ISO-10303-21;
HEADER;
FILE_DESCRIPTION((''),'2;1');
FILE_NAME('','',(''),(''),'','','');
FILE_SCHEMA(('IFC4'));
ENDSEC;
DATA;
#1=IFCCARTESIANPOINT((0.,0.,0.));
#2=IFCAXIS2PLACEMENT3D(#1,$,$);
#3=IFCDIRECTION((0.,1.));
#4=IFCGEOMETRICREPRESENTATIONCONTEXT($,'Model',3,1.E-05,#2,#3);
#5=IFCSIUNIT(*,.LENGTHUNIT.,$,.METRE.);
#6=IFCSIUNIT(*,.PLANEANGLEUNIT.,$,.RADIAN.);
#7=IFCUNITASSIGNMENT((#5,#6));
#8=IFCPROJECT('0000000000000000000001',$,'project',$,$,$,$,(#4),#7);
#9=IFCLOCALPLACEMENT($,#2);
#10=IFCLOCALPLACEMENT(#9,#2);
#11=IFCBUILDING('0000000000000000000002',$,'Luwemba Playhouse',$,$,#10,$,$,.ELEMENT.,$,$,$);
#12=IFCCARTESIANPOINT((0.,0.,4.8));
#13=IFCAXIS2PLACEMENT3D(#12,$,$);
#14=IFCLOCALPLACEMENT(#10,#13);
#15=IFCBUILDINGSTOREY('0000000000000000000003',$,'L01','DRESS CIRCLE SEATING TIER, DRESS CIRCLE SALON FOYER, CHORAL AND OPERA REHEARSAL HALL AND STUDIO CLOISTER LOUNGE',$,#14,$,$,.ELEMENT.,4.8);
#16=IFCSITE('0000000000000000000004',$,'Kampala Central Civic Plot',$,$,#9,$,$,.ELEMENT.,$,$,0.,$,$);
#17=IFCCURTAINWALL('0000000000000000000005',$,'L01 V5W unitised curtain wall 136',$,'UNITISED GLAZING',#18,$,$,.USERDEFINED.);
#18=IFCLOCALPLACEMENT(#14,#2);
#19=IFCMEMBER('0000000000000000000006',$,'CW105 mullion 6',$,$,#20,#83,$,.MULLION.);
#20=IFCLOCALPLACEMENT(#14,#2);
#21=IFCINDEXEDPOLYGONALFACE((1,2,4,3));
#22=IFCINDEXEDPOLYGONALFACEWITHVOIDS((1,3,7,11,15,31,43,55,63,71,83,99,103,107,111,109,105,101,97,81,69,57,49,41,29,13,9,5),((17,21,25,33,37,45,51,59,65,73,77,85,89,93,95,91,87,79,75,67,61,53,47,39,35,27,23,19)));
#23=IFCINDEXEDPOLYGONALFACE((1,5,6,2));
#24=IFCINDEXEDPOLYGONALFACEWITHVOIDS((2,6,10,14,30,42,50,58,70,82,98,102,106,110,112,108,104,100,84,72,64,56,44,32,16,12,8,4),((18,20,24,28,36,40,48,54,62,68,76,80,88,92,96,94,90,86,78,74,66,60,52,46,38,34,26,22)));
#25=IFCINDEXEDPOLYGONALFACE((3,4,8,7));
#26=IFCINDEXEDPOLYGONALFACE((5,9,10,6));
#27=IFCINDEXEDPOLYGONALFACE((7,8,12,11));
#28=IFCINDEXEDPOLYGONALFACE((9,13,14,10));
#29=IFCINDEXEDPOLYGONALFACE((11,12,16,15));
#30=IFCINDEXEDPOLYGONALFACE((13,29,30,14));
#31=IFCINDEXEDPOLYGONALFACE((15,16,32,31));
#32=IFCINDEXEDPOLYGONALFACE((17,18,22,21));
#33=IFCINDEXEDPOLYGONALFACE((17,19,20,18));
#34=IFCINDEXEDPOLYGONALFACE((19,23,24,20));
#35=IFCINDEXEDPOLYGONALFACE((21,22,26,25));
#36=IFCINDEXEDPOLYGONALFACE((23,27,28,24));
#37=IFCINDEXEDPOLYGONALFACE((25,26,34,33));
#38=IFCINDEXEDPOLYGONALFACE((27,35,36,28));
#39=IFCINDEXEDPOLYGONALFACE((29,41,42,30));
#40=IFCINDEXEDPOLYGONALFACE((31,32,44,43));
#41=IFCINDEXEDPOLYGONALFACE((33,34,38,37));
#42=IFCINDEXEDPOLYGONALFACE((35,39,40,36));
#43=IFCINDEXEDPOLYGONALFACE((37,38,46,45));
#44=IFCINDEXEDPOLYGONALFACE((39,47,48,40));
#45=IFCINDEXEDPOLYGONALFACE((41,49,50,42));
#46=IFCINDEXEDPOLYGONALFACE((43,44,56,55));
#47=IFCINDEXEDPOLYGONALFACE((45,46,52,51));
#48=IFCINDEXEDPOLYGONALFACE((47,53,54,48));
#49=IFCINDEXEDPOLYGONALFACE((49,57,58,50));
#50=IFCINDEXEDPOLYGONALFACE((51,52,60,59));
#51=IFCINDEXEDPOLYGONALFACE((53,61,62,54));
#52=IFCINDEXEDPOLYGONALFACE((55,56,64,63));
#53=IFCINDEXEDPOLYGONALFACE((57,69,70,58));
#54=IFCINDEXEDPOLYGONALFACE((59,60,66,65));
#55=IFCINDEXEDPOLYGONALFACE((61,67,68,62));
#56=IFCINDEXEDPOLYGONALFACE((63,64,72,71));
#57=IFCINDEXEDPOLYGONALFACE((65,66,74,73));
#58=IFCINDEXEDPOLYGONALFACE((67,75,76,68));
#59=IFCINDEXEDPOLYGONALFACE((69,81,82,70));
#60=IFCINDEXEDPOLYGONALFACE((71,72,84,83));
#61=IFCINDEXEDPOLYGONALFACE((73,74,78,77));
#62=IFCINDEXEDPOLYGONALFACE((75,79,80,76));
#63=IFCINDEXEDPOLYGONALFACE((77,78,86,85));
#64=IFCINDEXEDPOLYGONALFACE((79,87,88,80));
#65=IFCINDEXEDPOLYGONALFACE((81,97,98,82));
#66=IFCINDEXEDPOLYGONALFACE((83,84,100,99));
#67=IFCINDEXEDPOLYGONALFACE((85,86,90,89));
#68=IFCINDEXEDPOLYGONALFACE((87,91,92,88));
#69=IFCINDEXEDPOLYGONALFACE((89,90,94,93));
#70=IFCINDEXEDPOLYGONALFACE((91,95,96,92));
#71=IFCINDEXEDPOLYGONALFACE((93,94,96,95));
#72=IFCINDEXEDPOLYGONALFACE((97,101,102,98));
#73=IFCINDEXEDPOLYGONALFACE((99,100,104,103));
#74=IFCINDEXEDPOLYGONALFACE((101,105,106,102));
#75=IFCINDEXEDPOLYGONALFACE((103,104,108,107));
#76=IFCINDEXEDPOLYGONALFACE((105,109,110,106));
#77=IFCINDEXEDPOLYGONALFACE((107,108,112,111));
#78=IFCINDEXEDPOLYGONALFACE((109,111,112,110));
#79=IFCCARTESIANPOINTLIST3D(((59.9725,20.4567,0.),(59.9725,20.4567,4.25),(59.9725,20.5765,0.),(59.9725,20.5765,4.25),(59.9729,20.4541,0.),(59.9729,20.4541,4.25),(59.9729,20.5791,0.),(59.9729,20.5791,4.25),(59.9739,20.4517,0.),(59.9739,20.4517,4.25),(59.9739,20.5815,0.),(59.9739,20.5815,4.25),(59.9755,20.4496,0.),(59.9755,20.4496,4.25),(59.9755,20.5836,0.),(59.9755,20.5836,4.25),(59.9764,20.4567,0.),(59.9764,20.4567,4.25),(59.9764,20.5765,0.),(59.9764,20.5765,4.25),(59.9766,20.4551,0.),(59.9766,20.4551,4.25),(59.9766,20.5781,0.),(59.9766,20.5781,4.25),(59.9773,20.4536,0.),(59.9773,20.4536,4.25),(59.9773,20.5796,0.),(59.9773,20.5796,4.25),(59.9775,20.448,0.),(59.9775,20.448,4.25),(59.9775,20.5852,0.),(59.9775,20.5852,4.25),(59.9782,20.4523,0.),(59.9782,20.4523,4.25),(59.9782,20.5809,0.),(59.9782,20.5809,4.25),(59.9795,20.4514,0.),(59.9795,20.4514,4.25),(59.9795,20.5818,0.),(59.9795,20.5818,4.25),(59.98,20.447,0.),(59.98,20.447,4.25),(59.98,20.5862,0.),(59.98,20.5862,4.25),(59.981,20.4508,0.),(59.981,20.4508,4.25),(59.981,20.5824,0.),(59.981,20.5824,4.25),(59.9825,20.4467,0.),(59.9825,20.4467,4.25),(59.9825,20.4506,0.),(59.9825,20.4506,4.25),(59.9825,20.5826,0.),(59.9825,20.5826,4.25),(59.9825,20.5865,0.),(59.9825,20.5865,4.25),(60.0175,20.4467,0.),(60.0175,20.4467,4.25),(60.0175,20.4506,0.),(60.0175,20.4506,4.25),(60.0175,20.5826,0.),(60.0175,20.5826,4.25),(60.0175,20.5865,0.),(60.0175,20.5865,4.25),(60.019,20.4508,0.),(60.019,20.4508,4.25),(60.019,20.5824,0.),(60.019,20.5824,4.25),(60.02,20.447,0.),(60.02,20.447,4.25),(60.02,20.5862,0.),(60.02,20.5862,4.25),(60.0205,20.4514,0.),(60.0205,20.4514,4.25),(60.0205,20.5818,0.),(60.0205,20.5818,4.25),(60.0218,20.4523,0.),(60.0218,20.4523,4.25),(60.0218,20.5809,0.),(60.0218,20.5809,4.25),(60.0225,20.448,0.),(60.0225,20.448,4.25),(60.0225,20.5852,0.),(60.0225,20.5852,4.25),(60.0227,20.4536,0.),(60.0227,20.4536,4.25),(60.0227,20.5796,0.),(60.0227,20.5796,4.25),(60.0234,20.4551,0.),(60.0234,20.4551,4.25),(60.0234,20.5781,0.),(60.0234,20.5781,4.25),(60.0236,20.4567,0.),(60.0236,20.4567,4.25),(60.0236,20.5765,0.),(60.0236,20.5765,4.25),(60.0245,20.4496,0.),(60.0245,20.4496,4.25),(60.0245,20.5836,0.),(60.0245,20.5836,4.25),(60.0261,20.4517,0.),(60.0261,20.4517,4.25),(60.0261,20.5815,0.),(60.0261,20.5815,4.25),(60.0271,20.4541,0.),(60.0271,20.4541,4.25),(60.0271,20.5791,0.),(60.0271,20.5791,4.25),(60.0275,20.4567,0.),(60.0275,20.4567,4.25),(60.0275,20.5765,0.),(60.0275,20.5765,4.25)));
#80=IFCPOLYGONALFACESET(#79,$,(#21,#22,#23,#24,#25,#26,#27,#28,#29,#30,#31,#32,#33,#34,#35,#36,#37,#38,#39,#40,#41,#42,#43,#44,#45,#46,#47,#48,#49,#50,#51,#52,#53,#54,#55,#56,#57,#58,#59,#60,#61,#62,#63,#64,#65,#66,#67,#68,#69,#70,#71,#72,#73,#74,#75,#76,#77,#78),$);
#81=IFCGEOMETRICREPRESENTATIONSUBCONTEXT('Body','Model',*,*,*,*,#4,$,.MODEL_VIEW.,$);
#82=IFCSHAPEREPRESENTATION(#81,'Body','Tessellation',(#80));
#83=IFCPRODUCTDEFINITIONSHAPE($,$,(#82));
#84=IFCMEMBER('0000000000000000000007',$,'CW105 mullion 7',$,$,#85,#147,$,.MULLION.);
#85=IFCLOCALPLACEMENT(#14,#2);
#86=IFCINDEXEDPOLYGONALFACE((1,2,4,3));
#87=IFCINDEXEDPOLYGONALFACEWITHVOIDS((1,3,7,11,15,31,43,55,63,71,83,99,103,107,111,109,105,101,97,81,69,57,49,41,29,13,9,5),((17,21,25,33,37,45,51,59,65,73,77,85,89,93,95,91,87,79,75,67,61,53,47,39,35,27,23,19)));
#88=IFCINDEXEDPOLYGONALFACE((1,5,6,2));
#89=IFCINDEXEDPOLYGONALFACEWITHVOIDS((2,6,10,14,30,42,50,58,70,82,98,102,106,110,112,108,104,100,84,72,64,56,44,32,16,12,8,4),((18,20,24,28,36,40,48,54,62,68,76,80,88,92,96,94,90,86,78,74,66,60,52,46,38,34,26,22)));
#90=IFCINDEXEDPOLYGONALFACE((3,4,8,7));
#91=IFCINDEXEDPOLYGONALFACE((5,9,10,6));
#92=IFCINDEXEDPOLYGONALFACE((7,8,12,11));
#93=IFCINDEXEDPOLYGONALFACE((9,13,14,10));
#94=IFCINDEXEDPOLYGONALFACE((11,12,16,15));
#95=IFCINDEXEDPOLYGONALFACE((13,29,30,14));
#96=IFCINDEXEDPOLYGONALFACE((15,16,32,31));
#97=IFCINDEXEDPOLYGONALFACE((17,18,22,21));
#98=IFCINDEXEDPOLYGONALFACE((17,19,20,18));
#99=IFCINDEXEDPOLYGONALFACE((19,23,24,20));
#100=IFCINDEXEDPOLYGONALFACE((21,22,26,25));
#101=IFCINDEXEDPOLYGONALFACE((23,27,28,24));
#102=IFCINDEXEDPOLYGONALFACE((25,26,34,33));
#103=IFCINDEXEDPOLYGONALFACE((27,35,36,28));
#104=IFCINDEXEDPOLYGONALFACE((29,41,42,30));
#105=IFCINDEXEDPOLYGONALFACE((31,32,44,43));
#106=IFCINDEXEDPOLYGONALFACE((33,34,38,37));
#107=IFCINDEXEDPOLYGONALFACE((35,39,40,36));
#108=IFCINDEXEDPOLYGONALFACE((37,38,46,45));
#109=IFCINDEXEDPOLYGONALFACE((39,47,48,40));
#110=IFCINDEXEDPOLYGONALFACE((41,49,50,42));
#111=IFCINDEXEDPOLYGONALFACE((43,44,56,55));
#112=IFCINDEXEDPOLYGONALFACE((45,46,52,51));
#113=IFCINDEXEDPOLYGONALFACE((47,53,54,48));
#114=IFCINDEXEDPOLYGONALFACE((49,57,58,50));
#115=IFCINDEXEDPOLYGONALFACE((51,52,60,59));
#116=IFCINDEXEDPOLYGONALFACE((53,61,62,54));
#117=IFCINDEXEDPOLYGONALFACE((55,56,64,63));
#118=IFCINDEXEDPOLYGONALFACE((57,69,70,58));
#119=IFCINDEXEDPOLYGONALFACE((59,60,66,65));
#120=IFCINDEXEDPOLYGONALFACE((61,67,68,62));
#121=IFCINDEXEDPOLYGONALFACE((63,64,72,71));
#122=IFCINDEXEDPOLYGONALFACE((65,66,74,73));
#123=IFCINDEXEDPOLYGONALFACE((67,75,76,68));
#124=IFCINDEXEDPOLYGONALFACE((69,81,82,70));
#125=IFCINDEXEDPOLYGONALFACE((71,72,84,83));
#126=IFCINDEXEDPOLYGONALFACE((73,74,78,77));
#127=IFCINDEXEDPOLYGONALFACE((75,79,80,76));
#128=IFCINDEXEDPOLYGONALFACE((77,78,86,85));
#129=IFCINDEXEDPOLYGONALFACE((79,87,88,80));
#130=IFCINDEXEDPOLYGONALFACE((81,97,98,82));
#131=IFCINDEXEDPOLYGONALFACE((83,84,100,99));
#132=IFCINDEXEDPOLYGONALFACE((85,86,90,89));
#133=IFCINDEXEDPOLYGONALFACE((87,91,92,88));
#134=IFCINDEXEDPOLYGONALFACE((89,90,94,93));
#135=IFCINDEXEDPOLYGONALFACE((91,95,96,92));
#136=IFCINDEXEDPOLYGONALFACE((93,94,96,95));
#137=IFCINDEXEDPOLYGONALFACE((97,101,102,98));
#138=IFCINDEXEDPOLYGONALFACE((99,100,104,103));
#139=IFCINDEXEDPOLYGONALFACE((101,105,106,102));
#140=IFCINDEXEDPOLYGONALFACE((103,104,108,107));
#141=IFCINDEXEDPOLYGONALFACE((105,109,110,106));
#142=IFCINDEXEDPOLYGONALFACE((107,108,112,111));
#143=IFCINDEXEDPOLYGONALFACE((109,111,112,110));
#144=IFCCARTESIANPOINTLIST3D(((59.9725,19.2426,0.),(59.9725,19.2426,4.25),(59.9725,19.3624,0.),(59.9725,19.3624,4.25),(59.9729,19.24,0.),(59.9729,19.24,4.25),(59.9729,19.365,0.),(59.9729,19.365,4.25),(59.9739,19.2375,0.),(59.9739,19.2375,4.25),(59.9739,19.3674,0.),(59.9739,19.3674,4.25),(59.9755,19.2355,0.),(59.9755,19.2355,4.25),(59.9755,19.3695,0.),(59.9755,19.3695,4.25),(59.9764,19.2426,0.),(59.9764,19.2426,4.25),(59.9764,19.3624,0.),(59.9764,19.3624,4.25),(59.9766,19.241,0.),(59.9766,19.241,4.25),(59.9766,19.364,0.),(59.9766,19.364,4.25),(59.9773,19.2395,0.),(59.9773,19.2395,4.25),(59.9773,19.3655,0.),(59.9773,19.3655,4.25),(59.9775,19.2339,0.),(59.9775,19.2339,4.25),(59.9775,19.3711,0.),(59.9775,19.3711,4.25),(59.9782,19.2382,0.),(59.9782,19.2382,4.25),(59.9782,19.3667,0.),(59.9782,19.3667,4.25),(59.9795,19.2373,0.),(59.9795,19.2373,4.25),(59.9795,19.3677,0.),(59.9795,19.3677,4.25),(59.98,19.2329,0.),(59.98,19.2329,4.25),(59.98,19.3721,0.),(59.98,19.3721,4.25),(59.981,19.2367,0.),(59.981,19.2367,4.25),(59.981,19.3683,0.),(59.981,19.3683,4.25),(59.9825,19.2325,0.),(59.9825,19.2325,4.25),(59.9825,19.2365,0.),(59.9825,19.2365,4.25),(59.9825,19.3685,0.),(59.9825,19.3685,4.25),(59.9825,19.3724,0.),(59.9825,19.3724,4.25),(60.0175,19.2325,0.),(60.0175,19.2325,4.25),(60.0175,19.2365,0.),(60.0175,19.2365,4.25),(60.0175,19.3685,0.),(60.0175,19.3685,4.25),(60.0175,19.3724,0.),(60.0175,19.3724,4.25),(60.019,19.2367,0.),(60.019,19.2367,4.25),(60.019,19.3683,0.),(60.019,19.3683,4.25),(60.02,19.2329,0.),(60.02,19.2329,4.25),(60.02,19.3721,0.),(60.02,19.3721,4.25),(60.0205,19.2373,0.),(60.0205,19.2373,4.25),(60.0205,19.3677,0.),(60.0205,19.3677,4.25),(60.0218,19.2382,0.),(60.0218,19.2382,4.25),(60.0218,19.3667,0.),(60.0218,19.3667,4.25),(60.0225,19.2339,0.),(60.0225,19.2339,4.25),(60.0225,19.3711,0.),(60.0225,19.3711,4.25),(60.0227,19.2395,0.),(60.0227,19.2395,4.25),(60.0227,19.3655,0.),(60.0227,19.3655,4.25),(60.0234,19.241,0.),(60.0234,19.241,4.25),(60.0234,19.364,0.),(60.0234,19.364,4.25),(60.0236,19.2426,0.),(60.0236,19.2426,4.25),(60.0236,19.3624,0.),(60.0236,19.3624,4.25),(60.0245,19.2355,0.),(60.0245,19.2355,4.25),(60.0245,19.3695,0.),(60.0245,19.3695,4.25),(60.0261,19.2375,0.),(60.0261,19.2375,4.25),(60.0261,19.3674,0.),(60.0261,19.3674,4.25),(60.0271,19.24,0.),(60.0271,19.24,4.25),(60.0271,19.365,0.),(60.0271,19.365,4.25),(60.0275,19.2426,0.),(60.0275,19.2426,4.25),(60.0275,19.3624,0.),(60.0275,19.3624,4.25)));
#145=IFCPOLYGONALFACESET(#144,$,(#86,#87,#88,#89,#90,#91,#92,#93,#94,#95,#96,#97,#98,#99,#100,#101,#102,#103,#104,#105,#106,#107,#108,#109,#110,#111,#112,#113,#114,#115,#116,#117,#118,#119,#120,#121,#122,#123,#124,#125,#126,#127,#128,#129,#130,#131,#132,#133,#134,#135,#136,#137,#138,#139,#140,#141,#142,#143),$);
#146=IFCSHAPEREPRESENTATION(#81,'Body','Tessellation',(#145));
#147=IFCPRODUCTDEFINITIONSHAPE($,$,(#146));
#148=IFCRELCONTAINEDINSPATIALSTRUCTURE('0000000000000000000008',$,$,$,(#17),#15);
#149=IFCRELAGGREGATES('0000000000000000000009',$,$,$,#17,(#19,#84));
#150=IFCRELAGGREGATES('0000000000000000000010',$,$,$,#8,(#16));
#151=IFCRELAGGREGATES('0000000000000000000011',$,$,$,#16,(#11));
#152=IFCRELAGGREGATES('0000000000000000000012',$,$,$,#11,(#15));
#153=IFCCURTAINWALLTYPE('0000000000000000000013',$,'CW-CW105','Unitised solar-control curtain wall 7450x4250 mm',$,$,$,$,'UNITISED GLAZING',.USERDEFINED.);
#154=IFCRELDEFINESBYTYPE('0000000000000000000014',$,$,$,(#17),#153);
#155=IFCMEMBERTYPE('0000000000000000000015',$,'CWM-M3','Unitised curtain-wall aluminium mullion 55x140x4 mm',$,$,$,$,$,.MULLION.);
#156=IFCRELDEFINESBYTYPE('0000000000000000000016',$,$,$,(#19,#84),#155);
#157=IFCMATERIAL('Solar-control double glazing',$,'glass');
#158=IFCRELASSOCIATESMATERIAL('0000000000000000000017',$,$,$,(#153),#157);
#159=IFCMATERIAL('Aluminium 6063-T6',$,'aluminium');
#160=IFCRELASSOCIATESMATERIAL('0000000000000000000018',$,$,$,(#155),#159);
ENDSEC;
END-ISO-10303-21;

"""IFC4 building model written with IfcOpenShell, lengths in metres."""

from ifc_helpers import new_model, si_unit, direction, frame, origin, origin_2d, place, context, subcontext, project, spatial, hollow_rectangle, extrude, material, material_profile, profile_set, type_object, element, aggregate, save


model = new_model("IFC4")

# Units and contexts
model_context = context("Model", 3, precision=1e-05, world=origin(), true_north=direction((0.0, 1.0)))
body_context = subcontext(model_context, "Body", "Model", "MODEL_VIEW")
ifc_project = project(units=[si_unit("LENGTHUNIT", "METRE"), si_unit("PLANEANGLEUNIT", "RADIAN")], contexts=[model_context])

# Site, building, storey
site_placement = place(None, origin())
site = spatial("IfcSite", under=ifc_project, at=site_placement, Name="Kampala Central Civic Plot", CompositionType="ELEMENT", RefElevation=0.0)
building_placement = place(site_placement, origin())
building = spatial("IfcBuilding", under=site, at=building_placement, Name="Luwemba Playhouse", CompositionType="ELEMENT")
storey_placement = place(building_placement, frame((0.0, 0.0, 4.8)))
storey = spatial("IfcBuildingStorey", under=building, at=storey_placement, Name="L01", Description="DRESS CIRCLE SEATING TIER, DRESS CIRCLE SALON FOYER, CHORAL AND OPERA REHEARSAL HALL AND STUDIO CLOISTER LOUNGE", CompositionType="ELEMENT", Elevation=4.8)

# Curtain wall, members
ifc_material_1 = material(Name="Solar-control double glazing", Category="glass")
curtain_wall_type_1 = type_object("IfcCurtainWallType", Name="CW-CW105", Description="Unitised solar-control curtain wall 7450x4250 mm", ElementType="UNITISED GLAZING", PredefinedType="USERDEFINED", material=ifc_material_1)
curtain_wall_1_placement = place(storey_placement, origin())
curtain_wall_1 = element("IfcCurtainWall", 1, at=curtain_wall_1_placement, inside=storey, type_object=curtain_wall_type_1, Name="L01 V5W unitised curtain wall 136", ObjectType="UNITISED GLAZING", PredefinedType="USERDEFINED")
ifc_material_2 = material(Name="Aluminium 6063-T6", Category="aluminium")
ifc_material_profile_1 = material_profile(ifc_material_2, hollow_rectangle(XDim=0.0549, YDim=0.1399, WallThickness=0.0039, InnerFilletRadius=0.0061, OuterFilletRadius=0.01, at=origin_2d()))
ifc_profile_set_1 = profile_set([ifc_material_profile_1], Name="Aluminium 6063-T6")
member_type_1 = type_object("IfcMemberType", Name="CWM-M3", Description="Unitised curtain-wall aluminium mullion 55x140x4 mm", PredefinedType="MULLION", material=ifc_profile_set_1)
member_1_placement = place(storey_placement, frame((60.0, 20.5166, 0.0), z_axis=(0.0, 0.0, 1.0), x_axis=(1.0, 0.0, 0.0)))
member_1 = element("IfcMember", 2, at=member_1_placement, type_object=member_type_1, Name="CW105 mullion 6", PredefinedType="MULLION", context=body_context, shape_type="SweptSolid", body=[
    extrude(hollow_rectangle(XDim=0.0549, YDim=0.1399, WallThickness=0.0039, InnerFilletRadius=0.0061, OuterFilletRadius=0.01, at=origin_2d()), origin(), (0.0, 0.0, 1.0), 4.25),
])
member_2_placement = place(storey_placement, frame((60.0, 19.3025, 0.0), z_axis=(0.0, 0.0, 1.0), x_axis=(1.0, 0.0, 0.0)))
member_2 = element("IfcMember", 3, at=member_2_placement, type_object=member_type_1, Name="CW105 mullion 7", PredefinedType="MULLION", context=body_context, shape_type="SweptSolid", body=[
    extrude(hollow_rectangle(XDim=0.0549, YDim=0.1399, WallThickness=0.0039, InnerFilletRadius=0.0061, OuterFilletRadius=0.01, at=origin_2d()), origin(), (0.0, 0.0, 1.0), 4.25),
])

aggregate(curtain_wall_1, [member_1, member_2])

save(model, "model.ifc")
